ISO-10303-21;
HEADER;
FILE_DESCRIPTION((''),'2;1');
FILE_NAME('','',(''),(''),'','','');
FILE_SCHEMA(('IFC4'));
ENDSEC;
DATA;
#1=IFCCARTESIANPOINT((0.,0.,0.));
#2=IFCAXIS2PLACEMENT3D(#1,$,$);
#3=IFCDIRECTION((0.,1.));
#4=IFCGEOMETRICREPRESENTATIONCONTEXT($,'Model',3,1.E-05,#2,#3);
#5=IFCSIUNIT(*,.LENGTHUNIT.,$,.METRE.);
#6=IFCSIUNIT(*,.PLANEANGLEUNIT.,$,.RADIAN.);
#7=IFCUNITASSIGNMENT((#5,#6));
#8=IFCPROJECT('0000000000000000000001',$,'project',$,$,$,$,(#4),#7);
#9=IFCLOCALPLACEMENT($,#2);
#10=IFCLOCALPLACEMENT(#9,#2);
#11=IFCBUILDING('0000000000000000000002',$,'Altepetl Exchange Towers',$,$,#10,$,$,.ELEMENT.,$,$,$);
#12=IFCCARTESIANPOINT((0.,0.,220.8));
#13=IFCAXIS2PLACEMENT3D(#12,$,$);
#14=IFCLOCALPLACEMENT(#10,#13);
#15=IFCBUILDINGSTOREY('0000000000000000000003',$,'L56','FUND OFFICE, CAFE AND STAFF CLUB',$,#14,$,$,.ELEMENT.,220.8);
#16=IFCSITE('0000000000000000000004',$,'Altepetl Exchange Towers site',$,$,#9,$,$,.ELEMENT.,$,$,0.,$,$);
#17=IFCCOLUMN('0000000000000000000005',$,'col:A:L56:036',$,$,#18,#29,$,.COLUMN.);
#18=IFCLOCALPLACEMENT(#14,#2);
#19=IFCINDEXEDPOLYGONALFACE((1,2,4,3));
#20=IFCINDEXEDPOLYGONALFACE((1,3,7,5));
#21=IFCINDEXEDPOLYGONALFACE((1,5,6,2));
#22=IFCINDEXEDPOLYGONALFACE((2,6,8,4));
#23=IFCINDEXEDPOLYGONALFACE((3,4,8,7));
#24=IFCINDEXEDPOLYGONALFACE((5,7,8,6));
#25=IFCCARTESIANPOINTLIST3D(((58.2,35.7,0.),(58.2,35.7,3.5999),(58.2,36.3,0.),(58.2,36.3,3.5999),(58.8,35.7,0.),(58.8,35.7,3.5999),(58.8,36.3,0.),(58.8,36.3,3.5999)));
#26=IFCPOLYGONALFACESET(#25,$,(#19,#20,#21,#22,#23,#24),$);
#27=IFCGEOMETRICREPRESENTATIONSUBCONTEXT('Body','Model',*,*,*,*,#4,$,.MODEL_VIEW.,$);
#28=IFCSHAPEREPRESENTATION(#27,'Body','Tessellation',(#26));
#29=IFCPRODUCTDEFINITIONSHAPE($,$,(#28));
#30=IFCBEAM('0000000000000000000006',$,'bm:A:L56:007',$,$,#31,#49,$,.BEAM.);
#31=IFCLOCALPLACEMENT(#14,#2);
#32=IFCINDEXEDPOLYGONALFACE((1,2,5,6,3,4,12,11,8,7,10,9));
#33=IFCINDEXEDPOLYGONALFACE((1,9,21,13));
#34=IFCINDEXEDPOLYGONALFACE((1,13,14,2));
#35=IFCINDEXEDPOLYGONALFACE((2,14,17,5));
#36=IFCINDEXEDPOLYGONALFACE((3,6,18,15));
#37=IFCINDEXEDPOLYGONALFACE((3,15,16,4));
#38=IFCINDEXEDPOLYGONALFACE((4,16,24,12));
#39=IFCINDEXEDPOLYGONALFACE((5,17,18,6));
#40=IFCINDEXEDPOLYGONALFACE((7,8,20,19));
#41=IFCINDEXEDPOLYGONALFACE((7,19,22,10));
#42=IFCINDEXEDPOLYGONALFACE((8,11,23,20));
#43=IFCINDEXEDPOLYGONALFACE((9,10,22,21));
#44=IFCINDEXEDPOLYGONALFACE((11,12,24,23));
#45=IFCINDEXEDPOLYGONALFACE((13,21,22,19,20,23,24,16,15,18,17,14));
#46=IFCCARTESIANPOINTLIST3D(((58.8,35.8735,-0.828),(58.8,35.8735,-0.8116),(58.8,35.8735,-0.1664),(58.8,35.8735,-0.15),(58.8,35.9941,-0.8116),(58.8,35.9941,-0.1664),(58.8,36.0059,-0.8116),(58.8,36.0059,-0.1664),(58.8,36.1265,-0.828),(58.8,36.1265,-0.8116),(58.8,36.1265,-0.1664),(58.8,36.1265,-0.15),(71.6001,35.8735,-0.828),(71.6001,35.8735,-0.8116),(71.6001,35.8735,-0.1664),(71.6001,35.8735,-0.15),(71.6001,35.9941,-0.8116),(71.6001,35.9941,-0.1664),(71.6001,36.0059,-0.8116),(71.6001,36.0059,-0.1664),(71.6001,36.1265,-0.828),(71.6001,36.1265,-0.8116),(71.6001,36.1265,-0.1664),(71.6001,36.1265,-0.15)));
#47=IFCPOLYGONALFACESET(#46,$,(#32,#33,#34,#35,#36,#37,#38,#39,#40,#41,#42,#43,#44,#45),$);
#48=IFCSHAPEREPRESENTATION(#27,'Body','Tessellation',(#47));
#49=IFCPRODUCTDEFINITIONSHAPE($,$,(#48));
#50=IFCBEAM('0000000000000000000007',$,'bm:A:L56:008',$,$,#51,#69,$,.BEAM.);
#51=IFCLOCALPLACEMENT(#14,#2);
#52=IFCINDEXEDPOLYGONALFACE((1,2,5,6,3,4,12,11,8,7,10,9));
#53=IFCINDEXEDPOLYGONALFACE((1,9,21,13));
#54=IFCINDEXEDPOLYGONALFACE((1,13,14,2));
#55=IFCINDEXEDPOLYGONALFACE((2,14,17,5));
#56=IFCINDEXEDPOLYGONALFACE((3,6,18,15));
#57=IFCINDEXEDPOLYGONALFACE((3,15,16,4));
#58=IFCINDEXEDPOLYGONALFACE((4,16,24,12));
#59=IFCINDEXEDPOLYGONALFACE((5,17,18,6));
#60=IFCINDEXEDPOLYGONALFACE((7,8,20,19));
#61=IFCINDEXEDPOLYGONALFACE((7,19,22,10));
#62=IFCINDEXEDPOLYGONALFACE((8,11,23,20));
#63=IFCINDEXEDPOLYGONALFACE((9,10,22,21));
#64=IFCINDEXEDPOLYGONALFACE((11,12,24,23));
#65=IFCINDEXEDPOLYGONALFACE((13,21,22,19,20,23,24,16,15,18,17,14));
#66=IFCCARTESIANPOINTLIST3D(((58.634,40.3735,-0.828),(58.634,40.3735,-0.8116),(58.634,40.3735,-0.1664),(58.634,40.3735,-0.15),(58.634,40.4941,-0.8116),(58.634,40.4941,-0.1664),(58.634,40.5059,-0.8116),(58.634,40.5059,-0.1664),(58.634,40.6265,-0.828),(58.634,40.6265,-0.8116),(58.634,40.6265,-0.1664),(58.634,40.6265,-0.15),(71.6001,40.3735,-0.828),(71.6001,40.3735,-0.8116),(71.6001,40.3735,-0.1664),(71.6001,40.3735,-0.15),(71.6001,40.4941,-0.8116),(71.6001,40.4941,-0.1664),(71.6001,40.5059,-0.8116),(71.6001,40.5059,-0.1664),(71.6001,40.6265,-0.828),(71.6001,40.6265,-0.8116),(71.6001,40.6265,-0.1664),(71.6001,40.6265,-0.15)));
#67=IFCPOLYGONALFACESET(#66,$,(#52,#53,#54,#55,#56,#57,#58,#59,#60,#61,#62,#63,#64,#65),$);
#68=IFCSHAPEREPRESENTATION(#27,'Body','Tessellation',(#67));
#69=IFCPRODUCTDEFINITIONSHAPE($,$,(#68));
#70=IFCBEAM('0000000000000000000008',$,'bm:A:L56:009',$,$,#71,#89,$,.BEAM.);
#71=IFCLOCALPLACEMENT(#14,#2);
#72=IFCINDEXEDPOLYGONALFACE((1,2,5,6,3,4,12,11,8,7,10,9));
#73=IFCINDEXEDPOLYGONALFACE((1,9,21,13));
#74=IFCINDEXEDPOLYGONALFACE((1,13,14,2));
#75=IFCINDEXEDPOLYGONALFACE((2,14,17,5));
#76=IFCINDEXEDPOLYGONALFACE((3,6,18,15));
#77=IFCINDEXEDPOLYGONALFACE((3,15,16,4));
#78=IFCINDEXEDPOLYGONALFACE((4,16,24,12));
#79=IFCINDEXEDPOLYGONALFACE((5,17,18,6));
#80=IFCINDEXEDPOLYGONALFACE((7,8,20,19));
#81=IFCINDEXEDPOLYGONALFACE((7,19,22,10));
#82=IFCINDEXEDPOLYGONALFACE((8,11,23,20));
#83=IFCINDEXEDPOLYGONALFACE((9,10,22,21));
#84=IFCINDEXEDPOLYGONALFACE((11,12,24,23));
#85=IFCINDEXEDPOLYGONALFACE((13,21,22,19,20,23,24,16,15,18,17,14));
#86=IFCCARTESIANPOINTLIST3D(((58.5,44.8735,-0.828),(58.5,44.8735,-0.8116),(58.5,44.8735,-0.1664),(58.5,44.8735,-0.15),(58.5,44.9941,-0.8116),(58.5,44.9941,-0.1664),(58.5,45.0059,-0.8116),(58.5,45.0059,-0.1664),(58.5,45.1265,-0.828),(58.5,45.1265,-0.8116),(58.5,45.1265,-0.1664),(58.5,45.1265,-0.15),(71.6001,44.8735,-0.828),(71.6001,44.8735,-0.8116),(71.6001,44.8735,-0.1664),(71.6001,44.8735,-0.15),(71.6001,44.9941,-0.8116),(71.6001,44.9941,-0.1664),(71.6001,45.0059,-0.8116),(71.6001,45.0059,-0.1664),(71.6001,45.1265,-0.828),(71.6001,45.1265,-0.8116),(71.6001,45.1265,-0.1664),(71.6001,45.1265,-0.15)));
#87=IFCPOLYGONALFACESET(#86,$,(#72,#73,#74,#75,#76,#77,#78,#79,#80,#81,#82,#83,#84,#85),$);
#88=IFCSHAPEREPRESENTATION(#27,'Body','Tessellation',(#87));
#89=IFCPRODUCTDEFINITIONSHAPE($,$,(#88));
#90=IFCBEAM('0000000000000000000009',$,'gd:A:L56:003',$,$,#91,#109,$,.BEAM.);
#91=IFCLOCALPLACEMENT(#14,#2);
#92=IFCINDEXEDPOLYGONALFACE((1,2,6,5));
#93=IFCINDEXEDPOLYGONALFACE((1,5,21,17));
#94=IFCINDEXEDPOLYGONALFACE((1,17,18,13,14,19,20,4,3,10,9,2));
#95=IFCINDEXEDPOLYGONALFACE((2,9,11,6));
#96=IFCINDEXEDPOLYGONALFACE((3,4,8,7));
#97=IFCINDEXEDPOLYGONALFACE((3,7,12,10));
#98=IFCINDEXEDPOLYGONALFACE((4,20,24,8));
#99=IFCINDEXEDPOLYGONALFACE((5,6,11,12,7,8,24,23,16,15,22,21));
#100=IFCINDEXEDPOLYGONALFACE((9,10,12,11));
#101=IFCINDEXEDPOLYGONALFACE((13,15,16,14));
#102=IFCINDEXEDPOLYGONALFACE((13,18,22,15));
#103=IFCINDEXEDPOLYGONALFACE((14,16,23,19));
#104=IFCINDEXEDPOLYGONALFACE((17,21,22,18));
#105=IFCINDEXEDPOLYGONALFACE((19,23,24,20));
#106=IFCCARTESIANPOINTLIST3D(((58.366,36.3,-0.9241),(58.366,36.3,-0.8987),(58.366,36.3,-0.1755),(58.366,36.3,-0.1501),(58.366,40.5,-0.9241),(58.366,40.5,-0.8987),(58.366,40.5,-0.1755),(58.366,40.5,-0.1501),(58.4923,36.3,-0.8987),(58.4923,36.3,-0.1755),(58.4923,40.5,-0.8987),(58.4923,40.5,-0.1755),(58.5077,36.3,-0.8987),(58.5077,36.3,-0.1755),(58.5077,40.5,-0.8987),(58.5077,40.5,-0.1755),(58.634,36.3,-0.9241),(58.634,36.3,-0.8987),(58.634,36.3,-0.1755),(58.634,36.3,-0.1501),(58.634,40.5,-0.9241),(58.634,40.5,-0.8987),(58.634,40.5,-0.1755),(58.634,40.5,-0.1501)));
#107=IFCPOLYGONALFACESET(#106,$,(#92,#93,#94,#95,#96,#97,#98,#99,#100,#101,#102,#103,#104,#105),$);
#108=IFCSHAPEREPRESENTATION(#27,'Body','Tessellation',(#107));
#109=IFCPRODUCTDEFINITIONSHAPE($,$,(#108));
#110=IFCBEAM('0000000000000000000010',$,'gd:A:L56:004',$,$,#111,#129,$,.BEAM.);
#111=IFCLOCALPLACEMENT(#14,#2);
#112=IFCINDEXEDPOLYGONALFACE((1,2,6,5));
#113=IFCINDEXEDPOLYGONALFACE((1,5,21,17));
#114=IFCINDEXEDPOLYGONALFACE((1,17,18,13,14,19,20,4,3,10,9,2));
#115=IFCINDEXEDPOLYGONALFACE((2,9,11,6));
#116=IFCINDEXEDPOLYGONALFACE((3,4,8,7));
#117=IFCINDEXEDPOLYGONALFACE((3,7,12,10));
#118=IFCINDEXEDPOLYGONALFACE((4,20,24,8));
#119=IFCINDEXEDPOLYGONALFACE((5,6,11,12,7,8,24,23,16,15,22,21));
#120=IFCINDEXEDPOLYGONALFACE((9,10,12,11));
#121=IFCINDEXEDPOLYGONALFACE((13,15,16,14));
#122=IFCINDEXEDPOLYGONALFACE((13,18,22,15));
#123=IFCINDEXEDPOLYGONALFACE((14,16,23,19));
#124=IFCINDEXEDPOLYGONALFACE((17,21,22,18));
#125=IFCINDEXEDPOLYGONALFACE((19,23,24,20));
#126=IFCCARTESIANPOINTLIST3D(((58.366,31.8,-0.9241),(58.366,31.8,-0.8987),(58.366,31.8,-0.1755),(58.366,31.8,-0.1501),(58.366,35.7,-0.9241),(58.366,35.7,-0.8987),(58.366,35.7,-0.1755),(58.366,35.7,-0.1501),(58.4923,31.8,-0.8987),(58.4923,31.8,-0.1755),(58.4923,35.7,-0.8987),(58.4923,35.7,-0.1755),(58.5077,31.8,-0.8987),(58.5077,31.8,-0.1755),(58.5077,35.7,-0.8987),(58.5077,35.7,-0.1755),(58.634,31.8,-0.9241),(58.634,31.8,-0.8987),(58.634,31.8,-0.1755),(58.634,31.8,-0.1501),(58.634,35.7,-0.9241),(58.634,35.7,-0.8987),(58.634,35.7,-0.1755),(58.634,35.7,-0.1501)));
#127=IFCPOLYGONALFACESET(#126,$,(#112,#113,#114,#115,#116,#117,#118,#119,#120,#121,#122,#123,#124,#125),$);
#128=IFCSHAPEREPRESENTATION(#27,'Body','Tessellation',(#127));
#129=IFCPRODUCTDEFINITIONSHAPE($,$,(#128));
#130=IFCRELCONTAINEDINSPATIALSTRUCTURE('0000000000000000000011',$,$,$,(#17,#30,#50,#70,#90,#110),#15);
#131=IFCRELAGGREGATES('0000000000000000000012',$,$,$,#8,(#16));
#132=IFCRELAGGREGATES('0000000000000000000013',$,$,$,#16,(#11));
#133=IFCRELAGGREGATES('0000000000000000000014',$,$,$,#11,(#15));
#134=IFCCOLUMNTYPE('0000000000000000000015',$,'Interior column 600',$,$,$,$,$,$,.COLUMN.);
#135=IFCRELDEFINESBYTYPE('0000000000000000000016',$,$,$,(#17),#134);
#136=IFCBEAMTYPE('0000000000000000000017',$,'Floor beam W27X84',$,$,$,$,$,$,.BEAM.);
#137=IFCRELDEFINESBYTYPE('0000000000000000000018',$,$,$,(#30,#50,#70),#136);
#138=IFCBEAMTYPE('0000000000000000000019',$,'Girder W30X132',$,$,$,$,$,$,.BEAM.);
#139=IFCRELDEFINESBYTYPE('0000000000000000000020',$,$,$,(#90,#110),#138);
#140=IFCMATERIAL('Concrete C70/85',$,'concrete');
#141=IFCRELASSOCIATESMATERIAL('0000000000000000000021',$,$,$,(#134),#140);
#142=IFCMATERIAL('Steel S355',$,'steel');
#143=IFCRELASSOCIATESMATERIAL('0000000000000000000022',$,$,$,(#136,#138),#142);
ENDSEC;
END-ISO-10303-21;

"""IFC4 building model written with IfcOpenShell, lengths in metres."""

from ifc_helpers import new_model, si_unit, direction, frame, origin, origin_2d, place, context, subcontext, project, spatial, rectangle, i_section, extrude, material, material_profile, profile_set, type_object, element, save


model = new_model("IFC4")

# Units and contexts
model_context = context("Model", 3, precision=1e-05, world=origin(), true_north=direction((0.0, 1.0)))
body_context = subcontext(model_context, "Body", "Model", "MODEL_VIEW")
ifc_project = project(units=[si_unit("LENGTHUNIT", "METRE"), si_unit("PLANEANGLEUNIT", "RADIAN")], contexts=[model_context])

# Site, building, storey
site_placement = place(None, origin())
site = spatial("IfcSite", under=ifc_project, at=site_placement, Name="Altepetl Exchange Towers site", CompositionType="ELEMENT", RefElevation=0.0)
building_placement = place(site_placement, origin())
building = spatial("IfcBuilding", under=site, at=building_placement, Name="Altepetl Exchange Towers", CompositionType="ELEMENT")
storey_placement = place(building_placement, frame((0.0, 0.0, 220.8)))
storey = spatial("IfcBuildingStorey", under=building, at=storey_placement, Name="L56", Description="FUND OFFICE, CAFE AND STAFF CLUB", CompositionType="ELEMENT", Elevation=220.8)

# Column
ifc_material_1 = material(Name="Concrete C70/85", Category="concrete")
ifc_material_profile_1 = material_profile(ifc_material_1, rectangle(XDim=0.6001, YDim=0.6001, at=origin_2d()), Name="600 x 600")
ifc_profile_set_1 = profile_set([ifc_material_profile_1], Name="Concrete C70/85")
column_type = type_object("IfcColumnType", Name="Interior column 600", PredefinedType="COLUMN", material=ifc_profile_set_1)
column_placement = place(storey_placement, frame((58.5, 36.0, 0.0)))
element("IfcColumn", 1, at=column_placement, inside=storey, type_object=column_type, Name="col:A:L56:036", PredefinedType="COLUMN", context=body_context, shape_type="SweptSolid", body=[
    extrude(rectangle(XDim=0.6001, YDim=0.6001, at=origin_2d()), origin(), (0.0, 0.0, 1.0), 3.5999),
])

# Beams
ifc_material_2 = material(Name="Steel S355", Category="steel")
ifc_material_profile_2 = material_profile(ifc_material_2, i_section(OverallWidth=0.2529, OverallDepth=0.678, WebThickness=0.0117, FlangeThickness=0.0164, at=origin_2d()), Name="W27X84")
ifc_profile_set_2 = profile_set([ifc_material_profile_2], Name="Steel S355")
beam_type_1 = type_object("IfcBeamType", Name="Floor beam W27X84", PredefinedType="BEAM", material=ifc_profile_set_2)
beam_1_placement = place(storey_placement, frame((58.8, 36.0, -0.489), z_axis=(1.0, 0.0, 0.0), x_axis=(0.0, 1.0, 0.0)))
element("IfcBeam", 2, at=beam_1_placement, inside=storey, type_object=beam_type_1, Name="bm:A:L56:007", PredefinedType="BEAM", context=body_context, shape_type="SweptSolid", body=[
    extrude(i_section(OverallWidth=0.2529, OverallDepth=0.678, WebThickness=0.0117, FlangeThickness=0.0164, at=origin_2d()), origin(), (0.0, 0.0, 1.0), 12.8),
])
beam_2_placement = place(storey_placement, frame((58.634, 40.5, -0.489), z_axis=(1.0, 0.0, 0.0), x_axis=(0.0, 1.0, 0.0)))
element("IfcBeam", 3, at=beam_2_placement, inside=storey, type_object=beam_type_1, Name="bm:A:L56:008", PredefinedType="BEAM", context=body_context, shape_type="SweptSolid", body=[
    extrude(i_section(OverallWidth=0.2529, OverallDepth=0.678, WebThickness=0.0117, FlangeThickness=0.0164, at=origin_2d()), origin(), (0.0, 0.0, 1.0), 12.9661),
])
beam_3_placement = place(storey_placement, frame((58.5, 45.0, -0.489), z_axis=(1.0, 0.0, 0.0), x_axis=(0.0, 1.0, 0.0)))
element("IfcBeam", 4, at=beam_3_placement, inside=storey, type_object=beam_type_1, Name="bm:A:L56:009", PredefinedType="BEAM", context=body_context, shape_type="SweptSolid", body=[
    extrude(i_section(OverallWidth=0.2529, OverallDepth=0.678, WebThickness=0.0117, FlangeThickness=0.0164, at=origin_2d()), origin(), (0.0, 0.0, 1.0), 13.1001),
])
ifc_material_profile_3 = material_profile(ifc_material_2, i_section(OverallWidth=0.2681, OverallDepth=0.7739, WebThickness=0.0154, FlangeThickness=0.0254, at=origin_2d()), Name="W30X132")
ifc_profile_set_3 = profile_set([ifc_material_profile_3], Name="Steel S355")
beam_type_2 = type_object("IfcBeamType", Name="Girder W30X132", PredefinedType="BEAM", material=ifc_profile_set_3)
beam_4_placement = place(storey_placement, frame((58.5, 40.5, -0.5371), z_axis=(0.0, -1.0, 0.0), x_axis=(1.0, 0.0, 0.0)))
element("IfcBeam", 5, at=beam_4_placement, inside=storey, type_object=beam_type_2, Name="gd:A:L56:003", PredefinedType="BEAM", context=body_context, shape_type="SweptSolid", body=[
    extrude(i_section(OverallWidth=0.2681, OverallDepth=0.7739, WebThickness=0.0154, FlangeThickness=0.0254, at=origin_2d()), origin(), (0.0, 0.0, 1.0), 4.2),
])
beam_5_placement = place(storey_placement, frame((58.5, 35.7, -0.5371), z_axis=(0.0, -1.0, 0.0), x_axis=(1.0, 0.0, 0.0)))
element("IfcBeam", 6, at=beam_5_placement, inside=storey, type_object=beam_type_2, Name="gd:A:L56:004", PredefinedType="BEAM", context=body_context, shape_type="SweptSolid", body=[
    extrude(i_section(OverallWidth=0.2681, OverallDepth=0.7739, WebThickness=0.0154, FlangeThickness=0.0254, at=origin_2d()), origin(), (0.0, 0.0, 1.0), 3.8999),
])

save(model, "model.ifc")
